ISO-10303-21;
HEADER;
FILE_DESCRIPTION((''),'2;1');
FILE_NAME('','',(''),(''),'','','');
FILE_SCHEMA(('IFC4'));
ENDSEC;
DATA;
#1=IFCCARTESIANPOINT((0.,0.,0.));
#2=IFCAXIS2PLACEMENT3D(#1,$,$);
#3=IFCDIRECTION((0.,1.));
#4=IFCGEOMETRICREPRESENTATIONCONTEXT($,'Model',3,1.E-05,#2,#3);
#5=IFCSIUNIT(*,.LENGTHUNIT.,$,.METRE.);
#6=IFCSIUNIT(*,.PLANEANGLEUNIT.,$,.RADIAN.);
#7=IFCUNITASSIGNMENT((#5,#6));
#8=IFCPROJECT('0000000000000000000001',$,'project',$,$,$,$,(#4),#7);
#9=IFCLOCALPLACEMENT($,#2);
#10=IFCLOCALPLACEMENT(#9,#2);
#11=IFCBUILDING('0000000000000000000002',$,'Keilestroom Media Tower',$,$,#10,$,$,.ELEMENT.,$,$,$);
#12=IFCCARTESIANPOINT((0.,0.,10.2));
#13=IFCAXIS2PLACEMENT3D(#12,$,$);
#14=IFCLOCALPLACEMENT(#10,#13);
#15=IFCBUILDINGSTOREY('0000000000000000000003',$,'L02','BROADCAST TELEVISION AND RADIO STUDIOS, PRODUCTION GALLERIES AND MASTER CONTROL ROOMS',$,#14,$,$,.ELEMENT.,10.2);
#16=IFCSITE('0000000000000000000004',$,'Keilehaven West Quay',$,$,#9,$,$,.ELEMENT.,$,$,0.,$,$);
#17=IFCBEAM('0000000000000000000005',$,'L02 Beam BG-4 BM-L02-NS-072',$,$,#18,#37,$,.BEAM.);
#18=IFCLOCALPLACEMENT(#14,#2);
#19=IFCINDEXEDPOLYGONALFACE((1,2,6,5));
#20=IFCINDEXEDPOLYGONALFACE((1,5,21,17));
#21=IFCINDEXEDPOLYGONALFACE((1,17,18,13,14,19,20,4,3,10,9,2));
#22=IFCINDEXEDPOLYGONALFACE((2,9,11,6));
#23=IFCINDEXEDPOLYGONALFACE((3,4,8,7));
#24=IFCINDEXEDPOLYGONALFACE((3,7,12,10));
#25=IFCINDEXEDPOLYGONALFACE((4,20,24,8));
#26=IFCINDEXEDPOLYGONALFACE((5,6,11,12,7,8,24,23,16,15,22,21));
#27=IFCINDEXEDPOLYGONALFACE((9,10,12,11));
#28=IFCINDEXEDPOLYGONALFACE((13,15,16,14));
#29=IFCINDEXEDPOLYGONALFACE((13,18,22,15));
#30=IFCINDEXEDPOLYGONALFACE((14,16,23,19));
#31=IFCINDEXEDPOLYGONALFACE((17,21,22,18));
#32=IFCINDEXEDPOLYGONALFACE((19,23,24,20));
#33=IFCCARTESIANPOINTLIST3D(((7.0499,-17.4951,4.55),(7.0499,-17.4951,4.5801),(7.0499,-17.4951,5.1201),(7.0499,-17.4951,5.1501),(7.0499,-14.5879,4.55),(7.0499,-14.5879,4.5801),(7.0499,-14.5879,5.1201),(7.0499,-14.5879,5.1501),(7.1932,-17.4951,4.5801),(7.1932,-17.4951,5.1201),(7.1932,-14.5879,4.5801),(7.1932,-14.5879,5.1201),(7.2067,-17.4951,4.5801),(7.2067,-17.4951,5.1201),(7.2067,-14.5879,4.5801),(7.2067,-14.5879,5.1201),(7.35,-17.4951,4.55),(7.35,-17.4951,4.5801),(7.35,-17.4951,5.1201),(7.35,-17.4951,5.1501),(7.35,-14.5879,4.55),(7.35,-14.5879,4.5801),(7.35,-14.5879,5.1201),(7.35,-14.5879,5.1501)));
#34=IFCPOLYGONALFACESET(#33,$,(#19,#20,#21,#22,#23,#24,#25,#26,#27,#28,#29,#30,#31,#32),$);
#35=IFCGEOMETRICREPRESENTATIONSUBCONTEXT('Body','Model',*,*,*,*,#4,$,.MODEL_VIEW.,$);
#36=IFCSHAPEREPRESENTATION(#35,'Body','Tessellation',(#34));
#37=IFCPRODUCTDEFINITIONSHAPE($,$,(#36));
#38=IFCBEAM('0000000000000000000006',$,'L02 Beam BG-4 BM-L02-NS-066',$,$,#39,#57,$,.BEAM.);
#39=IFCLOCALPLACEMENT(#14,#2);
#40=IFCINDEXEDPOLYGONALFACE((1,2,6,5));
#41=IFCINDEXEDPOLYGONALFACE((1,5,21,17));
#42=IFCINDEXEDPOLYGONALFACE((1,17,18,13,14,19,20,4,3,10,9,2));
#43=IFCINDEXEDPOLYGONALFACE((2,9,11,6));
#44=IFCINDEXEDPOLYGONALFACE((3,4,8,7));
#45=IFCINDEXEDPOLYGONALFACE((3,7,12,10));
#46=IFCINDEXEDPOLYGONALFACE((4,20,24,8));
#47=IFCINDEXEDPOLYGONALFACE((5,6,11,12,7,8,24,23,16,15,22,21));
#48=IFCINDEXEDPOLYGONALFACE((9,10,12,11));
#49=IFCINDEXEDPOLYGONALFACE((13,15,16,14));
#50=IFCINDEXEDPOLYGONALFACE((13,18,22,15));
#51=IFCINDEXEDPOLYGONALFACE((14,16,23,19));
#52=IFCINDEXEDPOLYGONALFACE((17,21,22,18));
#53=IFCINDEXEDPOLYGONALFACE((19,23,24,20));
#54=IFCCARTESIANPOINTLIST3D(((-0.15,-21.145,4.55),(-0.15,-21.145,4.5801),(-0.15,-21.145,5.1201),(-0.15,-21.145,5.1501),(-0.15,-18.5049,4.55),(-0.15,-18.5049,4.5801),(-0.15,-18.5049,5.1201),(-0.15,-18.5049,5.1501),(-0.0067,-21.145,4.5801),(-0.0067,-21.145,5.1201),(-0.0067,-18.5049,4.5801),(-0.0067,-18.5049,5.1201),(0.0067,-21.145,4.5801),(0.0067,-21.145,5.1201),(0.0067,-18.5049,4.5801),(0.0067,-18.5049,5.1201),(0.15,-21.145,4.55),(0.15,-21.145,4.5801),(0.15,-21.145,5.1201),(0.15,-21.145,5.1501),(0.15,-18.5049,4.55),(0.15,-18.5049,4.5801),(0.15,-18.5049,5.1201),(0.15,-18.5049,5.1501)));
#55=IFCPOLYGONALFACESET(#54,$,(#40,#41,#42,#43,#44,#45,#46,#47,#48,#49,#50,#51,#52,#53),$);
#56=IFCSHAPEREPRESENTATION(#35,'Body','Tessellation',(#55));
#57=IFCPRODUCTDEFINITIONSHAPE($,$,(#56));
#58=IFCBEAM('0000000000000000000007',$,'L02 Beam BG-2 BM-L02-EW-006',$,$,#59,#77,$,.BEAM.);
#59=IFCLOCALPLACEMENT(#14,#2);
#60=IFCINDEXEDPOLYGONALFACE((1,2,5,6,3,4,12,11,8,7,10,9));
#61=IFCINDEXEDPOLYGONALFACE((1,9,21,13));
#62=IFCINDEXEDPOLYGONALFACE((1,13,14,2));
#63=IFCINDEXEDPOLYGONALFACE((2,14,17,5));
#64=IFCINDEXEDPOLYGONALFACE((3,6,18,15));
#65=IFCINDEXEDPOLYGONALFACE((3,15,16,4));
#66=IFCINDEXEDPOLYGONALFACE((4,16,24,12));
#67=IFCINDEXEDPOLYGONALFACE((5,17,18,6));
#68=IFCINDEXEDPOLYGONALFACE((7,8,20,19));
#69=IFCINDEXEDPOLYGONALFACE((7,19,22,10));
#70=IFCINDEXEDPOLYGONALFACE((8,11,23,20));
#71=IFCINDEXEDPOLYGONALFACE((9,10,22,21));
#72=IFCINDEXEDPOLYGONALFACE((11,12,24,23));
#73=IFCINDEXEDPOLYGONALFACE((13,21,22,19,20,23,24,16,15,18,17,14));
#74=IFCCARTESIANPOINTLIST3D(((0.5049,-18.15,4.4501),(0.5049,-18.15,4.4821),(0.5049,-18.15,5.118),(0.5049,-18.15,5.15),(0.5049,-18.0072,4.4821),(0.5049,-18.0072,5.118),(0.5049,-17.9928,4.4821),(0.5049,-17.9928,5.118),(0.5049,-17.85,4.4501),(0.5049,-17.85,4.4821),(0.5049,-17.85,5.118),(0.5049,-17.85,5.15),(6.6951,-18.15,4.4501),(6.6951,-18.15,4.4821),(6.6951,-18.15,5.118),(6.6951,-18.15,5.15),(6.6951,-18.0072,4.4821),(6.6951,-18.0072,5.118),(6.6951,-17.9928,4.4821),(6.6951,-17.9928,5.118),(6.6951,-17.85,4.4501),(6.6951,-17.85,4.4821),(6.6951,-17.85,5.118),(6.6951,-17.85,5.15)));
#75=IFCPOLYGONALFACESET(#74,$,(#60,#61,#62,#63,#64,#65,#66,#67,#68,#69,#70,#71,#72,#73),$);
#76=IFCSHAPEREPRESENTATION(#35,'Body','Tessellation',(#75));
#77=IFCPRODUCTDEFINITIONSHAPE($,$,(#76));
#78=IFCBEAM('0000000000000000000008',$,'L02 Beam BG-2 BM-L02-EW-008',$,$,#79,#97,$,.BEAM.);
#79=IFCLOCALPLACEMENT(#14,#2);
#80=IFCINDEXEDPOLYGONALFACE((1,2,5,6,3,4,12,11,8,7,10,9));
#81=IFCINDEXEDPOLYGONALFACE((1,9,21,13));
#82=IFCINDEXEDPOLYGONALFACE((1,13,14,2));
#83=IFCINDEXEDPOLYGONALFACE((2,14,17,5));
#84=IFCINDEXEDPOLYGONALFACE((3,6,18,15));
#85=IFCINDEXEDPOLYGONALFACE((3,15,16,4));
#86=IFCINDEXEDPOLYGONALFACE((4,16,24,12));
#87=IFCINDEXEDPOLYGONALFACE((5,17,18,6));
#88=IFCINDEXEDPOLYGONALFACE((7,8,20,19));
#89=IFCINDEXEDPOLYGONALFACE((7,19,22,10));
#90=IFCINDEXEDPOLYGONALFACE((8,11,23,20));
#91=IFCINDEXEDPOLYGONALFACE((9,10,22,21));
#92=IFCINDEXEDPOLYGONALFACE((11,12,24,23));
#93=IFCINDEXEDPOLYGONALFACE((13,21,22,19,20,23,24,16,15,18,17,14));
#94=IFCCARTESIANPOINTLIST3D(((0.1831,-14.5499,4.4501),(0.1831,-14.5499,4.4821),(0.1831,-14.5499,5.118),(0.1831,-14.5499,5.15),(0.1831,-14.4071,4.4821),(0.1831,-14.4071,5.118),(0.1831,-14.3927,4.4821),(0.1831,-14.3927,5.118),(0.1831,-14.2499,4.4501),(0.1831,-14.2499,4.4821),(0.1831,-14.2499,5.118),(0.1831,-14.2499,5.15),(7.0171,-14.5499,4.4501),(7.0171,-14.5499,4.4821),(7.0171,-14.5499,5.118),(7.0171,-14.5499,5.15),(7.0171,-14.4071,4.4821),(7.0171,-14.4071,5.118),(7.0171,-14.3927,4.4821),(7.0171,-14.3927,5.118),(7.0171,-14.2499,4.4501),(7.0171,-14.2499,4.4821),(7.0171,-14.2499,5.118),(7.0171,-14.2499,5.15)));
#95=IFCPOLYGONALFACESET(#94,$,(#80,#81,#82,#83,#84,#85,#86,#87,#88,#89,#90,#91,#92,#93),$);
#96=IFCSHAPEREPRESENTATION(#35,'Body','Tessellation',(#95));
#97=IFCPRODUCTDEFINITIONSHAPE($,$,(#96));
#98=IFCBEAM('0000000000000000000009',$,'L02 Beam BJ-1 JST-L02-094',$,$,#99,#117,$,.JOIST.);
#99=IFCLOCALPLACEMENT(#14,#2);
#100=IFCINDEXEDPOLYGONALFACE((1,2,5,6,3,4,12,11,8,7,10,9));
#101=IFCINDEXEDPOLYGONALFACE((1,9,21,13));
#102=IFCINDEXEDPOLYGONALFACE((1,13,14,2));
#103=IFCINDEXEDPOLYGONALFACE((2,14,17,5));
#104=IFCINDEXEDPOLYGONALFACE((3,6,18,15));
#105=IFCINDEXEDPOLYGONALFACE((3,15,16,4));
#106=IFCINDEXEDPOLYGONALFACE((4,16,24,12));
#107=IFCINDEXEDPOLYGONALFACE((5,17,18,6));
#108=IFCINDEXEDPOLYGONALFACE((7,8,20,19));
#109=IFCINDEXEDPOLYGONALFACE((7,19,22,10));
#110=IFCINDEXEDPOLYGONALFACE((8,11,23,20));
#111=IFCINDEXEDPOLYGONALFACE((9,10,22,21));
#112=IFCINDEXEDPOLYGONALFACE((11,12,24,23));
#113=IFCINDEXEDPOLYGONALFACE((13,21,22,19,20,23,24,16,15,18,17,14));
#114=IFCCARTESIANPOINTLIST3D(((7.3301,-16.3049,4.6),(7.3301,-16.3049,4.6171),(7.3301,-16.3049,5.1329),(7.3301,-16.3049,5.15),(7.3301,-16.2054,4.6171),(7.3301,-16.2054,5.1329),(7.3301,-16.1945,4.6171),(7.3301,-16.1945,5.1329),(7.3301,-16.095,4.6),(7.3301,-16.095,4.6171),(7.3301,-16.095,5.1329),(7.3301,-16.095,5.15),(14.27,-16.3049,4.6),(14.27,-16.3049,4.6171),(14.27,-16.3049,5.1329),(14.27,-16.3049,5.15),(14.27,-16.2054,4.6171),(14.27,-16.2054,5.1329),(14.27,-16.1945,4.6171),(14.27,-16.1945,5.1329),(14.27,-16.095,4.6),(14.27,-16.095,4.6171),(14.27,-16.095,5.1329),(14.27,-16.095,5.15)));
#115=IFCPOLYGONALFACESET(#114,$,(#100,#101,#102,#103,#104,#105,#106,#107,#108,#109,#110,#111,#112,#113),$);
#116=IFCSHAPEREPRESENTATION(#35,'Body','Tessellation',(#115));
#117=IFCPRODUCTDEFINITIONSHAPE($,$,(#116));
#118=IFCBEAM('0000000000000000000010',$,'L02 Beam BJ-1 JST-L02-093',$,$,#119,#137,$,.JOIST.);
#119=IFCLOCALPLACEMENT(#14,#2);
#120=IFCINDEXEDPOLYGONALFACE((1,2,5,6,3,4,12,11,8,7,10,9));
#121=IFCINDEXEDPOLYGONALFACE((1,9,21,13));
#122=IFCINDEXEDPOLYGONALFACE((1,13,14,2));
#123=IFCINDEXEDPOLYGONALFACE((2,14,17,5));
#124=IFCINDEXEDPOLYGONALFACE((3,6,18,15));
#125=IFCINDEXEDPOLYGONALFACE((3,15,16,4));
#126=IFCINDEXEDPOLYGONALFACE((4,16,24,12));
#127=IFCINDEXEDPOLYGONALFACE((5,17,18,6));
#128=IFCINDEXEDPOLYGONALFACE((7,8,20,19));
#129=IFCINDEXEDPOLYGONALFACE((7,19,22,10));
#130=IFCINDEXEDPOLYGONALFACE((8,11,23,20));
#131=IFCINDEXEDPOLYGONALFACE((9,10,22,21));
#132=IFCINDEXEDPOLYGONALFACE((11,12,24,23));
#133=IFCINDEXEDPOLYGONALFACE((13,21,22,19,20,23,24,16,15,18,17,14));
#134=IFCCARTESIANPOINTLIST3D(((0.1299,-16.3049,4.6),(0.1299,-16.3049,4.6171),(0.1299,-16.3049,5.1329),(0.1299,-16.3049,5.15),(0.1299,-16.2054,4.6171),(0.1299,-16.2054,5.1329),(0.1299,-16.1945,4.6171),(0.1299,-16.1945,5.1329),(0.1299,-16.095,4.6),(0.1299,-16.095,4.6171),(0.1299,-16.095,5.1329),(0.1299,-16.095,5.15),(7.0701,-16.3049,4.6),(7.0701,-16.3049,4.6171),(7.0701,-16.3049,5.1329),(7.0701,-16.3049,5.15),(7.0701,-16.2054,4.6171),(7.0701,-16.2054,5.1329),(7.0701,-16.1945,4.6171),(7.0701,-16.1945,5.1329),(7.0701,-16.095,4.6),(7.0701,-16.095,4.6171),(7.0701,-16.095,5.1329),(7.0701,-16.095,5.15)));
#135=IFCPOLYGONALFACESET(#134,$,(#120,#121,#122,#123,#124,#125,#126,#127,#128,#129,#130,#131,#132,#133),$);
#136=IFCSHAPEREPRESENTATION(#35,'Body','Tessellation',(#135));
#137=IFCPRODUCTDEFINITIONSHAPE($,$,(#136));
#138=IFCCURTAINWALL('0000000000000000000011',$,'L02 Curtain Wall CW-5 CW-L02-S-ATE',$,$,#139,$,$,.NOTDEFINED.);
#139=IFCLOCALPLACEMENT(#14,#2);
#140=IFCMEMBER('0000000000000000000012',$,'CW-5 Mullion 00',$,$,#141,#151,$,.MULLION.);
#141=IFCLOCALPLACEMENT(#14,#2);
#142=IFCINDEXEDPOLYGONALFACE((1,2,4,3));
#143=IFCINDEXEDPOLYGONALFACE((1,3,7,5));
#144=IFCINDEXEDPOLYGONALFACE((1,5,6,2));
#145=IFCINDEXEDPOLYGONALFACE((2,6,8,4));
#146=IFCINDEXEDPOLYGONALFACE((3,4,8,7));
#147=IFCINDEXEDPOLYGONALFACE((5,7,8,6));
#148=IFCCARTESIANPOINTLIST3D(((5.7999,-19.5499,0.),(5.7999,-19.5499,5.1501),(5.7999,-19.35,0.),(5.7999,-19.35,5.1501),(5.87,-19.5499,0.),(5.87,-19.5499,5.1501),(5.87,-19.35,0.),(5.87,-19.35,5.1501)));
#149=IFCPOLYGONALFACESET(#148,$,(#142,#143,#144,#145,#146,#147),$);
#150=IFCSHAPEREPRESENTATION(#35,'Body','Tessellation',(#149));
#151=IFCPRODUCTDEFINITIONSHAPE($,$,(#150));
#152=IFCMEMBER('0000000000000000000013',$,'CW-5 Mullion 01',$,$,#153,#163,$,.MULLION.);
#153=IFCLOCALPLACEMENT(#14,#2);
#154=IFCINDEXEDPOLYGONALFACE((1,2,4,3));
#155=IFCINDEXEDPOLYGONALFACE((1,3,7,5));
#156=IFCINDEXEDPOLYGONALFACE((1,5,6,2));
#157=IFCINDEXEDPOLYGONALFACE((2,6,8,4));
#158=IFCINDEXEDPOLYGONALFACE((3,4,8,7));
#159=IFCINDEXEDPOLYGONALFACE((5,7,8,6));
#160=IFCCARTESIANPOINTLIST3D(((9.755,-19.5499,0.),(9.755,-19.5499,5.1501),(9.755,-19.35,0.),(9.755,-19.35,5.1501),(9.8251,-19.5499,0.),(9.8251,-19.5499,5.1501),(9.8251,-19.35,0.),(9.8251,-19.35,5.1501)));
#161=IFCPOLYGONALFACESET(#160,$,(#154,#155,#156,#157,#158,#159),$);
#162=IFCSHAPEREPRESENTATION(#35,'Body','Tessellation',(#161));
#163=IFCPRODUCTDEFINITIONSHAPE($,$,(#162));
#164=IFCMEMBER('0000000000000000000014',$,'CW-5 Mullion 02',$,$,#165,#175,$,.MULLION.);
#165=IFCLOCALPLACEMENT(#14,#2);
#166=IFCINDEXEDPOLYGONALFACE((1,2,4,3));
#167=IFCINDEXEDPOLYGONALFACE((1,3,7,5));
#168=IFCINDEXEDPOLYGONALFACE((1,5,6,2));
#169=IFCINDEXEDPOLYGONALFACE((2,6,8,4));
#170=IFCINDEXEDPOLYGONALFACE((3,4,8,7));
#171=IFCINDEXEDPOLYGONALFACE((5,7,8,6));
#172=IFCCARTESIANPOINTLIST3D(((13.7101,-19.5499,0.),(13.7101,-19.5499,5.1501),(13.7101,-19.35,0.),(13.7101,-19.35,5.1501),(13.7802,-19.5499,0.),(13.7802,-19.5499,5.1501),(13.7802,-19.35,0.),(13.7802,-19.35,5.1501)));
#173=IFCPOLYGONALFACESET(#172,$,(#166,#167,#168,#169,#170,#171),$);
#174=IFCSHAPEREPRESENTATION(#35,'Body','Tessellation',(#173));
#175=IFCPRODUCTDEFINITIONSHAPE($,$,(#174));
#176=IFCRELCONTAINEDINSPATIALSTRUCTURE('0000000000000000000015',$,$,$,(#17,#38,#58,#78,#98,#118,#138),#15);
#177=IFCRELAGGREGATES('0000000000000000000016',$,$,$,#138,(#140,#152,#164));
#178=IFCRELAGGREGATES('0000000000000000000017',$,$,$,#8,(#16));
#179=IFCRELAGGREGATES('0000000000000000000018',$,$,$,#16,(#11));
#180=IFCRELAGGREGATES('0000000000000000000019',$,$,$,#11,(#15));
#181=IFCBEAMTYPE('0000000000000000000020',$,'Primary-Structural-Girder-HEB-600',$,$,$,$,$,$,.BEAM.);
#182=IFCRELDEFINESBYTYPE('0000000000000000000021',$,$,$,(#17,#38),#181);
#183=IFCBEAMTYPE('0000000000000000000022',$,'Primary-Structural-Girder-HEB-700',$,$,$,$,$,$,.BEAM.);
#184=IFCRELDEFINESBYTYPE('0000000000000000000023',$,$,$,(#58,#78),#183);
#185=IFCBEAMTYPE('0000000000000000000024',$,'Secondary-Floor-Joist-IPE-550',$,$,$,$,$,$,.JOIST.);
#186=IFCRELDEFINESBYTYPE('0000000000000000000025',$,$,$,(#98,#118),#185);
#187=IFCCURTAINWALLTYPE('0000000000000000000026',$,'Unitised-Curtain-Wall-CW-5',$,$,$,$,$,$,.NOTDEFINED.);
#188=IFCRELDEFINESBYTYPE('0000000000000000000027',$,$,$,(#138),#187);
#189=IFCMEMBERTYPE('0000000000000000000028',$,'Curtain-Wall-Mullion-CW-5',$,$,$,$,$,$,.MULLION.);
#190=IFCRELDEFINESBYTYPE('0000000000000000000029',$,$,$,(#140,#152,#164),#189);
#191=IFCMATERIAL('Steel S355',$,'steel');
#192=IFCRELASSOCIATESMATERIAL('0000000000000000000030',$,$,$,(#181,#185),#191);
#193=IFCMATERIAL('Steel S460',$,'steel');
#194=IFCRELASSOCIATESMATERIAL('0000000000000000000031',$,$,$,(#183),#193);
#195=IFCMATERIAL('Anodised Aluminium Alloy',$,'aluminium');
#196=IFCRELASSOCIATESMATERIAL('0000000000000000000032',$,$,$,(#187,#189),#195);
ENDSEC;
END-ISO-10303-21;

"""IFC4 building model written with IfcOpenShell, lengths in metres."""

from ifc_helpers import new_model, si_unit, direction, frame, origin, origin_2d, place, context, subcontext, project, spatial, rectangle, i_section, extrude, source, transform, mapped, material, material_profile, profile_set, type_object, element, aggregate, save


model = new_model("IFC4")

# Units and contexts
model_context = context("Model", 3, precision=1e-05, world=origin(), true_north=direction((0.0, 1.0)))
body_context = subcontext(model_context, "Body", "Model", "MODEL_VIEW")
ifc_project = project(units=[si_unit("LENGTHUNIT", "METRE"), si_unit("PLANEANGLEUNIT", "RADIAN")], contexts=[model_context])

# Site, building, storey
site_placement = place(None, origin())
site = spatial("IfcSite", under=ifc_project, at=site_placement, Name="Keilehaven West Quay", CompositionType="ELEMENT", RefElevation=0.0)
building_placement = place(site_placement, origin())
building = spatial("IfcBuilding", under=site, at=building_placement, Name="Keilestroom Media Tower", CompositionType="ELEMENT")
storey_placement = place(building_placement, frame((0.0, 0.0, 10.2)))
storey = spatial("IfcBuildingStorey", under=building, at=storey_placement, Name="L02", Description="BROADCAST TELEVISION AND RADIO STUDIOS, PRODUCTION GALLERIES AND MASTER CONTROL ROOMS", CompositionType="ELEMENT", Elevation=10.2)

# Shared definitions
ifc_material_1 = material(Name="Steel S460", Category="steel")

# Beams
ifc_material_2 = material(Name="Steel S355", Category="steel")
ifc_material_profile_1 = material_profile(ifc_material_2, i_section(OverallWidth=0.3, OverallDepth=0.6001, WebThickness=0.0134, FlangeThickness=0.03, at=origin_2d()), Name="HEB 600")
ifc_profile_set_1 = profile_set([ifc_material_profile_1], Name="Steel S355")
beam_type_1 = type_object("IfcBeamType", Name="Primary-Structural-Girder-HEB-600", PredefinedType="BEAM", material=ifc_profile_set_1)
shared_shape_1 = source(origin(), body_context, "Body", "SweptSolid", [
    extrude(i_section(OverallWidth=0.3, OverallDepth=0.6001, WebThickness=0.0134, FlangeThickness=0.03, at=origin_2d()), origin(), (0.0, 0.0, 1.0), 2.9072),
])
for number, where, z_axis, x_axis, name in (
    (1, (7.2, -17.4951, 4.8501), (0.0, 1.0, 0.0), (-1.0, 0.0, 0.0), "L02 Beam BG-4 BM-L02-NS-072"),
):
    element("IfcBeam", number, at=place(storey_placement, frame(where, z_axis=z_axis, x_axis=x_axis)), inside=storey, type_object=beam_type_1, Name=name, PredefinedType="BEAM", context=body_context, shape_type="MappedRepresentation", body=[
        mapped(shared_shape_1, transform((0.0, 0.0, 0.0), x_axis=(1.0, 0.0, 0.0), y_axis=(0.0, 1.0, 0.0), z_axis=(0.0, 0.0, 1.0), scale=1.0)),
    ])
shared_shape_2 = source(origin(), body_context, "Body", "SweptSolid", [
    extrude(i_section(OverallWidth=0.3, OverallDepth=0.6001, WebThickness=0.0134, FlangeThickness=0.03, at=origin_2d()), origin(), (0.0, 0.0, 1.0), 2.6401),
])
beam_1_placement = place(storey_placement, frame((0.0, -21.145, 4.8501), z_axis=(0.0, 1.0, 0.0), x_axis=(-1.0, 0.0, 0.0)))
element("IfcBeam", 2, at=beam_1_placement, inside=storey, type_object=beam_type_1, Name="L02 Beam BG-4 BM-L02-NS-066", PredefinedType="BEAM", context=body_context, shape_type="MappedRepresentation", body=[
    mapped(shared_shape_2, transform((0.0, 0.0, 0.0), x_axis=(1.0, 0.0, 0.0), y_axis=(0.0, 1.0, 0.0), z_axis=(0.0, 0.0, 1.0), scale=1.0)),
])
ifc_material_profile_2 = material_profile(ifc_material_1, i_section(OverallWidth=0.3, OverallDepth=0.7, WebThickness=0.0144, FlangeThickness=0.032, at=origin_2d()), Name="HEB 700")
ifc_profile_set_2 = profile_set([ifc_material_profile_2], Name="Steel S460")
beam_type_2 = type_object("IfcBeamType", Name="Primary-Structural-Girder-HEB-700", PredefinedType="BEAM", material=ifc_profile_set_2)
shared_shape_3 = source(origin(), body_context, "Body", "SweptSolid", [
    extrude(i_section(OverallWidth=0.3, OverallDepth=0.7, WebThickness=0.0144, FlangeThickness=0.032, at=origin_2d()), origin(), (0.0, 0.0, 1.0), 6.1902),
])
beam_2_placement = place(storey_placement, frame((0.5049, -18.0, 4.8), z_axis=(1.0, 0.0, 0.0), x_axis=(0.0, 1.0, 0.0)))
element("IfcBeam", 3, at=beam_2_placement, inside=storey, type_object=beam_type_2, Name="L02 Beam BG-2 BM-L02-EW-006", PredefinedType="BEAM", context=body_context, shape_type="MappedRepresentation", body=[
    mapped(shared_shape_3, transform((0.0, 0.0, 0.0), x_axis=(1.0, 0.0, 0.0), y_axis=(0.0, 1.0, 0.0), z_axis=(0.0, 0.0, 1.0), scale=1.0)),
])
shared_shape_4 = source(origin(), body_context, "Body", "SweptSolid", [
    extrude(i_section(OverallWidth=0.3, OverallDepth=0.7, WebThickness=0.0144, FlangeThickness=0.032, at=origin_2d()), origin(), (0.0, 0.0, 1.0), 6.834),
])
beam_3_placement = place(storey_placement, frame((0.1831, -14.3999, 4.8), z_axis=(1.0, 0.0, 0.0), x_axis=(0.0, 1.0, 0.0)))
element("IfcBeam", 4, at=beam_3_placement, inside=storey, type_object=beam_type_2, Name="L02 Beam BG-2 BM-L02-EW-008", PredefinedType="BEAM", context=body_context, shape_type="MappedRepresentation", body=[
    mapped(shared_shape_4, transform((0.0, 0.0, 0.0), x_axis=(1.0, 0.0, 0.0), y_axis=(0.0, 1.0, 0.0), z_axis=(0.0, 0.0, 1.0), scale=1.0)),
])
ifc_material_profile_3 = material_profile(ifc_material_2, i_section(OverallWidth=0.21, OverallDepth=0.55, WebThickness=0.011, FlangeThickness=0.0171, at=origin_2d()), Name="IPE 550")
ifc_profile_set_3 = profile_set([ifc_material_profile_3], Name="Steel S355")
beam_type_3 = type_object("IfcBeamType", Name="Secondary-Floor-Joist-IPE-550", PredefinedType="JOIST", material=ifc_profile_set_3)
shared_shape_5 = source(origin(), body_context, "Body", "SweptSolid", [
    extrude(i_section(OverallWidth=0.21, OverallDepth=0.55, WebThickness=0.011, FlangeThickness=0.0171, at=origin_2d()), origin(), (0.0, 0.0, 1.0), 6.9399),
])
beam_4_placement = place(storey_placement, frame((7.3301, -16.2, 4.875), z_axis=(1.0, 0.0, 0.0), x_axis=(0.0, 1.0, 0.0)))
element("IfcBeam", 5, at=beam_4_placement, inside=storey, type_object=beam_type_3, Name="L02 Beam BJ-1 JST-L02-094", PredefinedType="JOIST", context=body_context, shape_type="MappedRepresentation", body=[
    mapped(shared_shape_5, transform((0.0, 0.0, 0.0), x_axis=(1.0, 0.0, 0.0), y_axis=(0.0, 1.0, 0.0), z_axis=(0.0, 0.0, 1.0), scale=1.0)),
])
shared_shape_6 = source(origin(), body_context, "Body", "SweptSolid", [
    extrude(i_section(OverallWidth=0.21, OverallDepth=0.55, WebThickness=0.011, FlangeThickness=0.0171, at=origin_2d()), origin(), (0.0, 0.0, 1.0), 6.9402),
])
beam_5_placement = place(storey_placement, frame((0.1299, -16.2, 4.875), z_axis=(1.0, 0.0, 0.0), x_axis=(0.0, 1.0, 0.0)))
element("IfcBeam", 6, at=beam_5_placement, inside=storey, type_object=beam_type_3, Name="L02 Beam BJ-1 JST-L02-093", PredefinedType="JOIST", context=body_context, shape_type="MappedRepresentation", body=[
    mapped(shared_shape_6, transform((0.0, 0.0, 0.0), x_axis=(1.0, 0.0, 0.0), y_axis=(0.0, 1.0, 0.0), z_axis=(0.0, 0.0, 1.0), scale=1.0)),
])

# Curtain wall, members
ifc_material_3 = material(Name="Anodised Aluminium Alloy", Category="aluminium")
curtain_wall_type = type_object("IfcCurtainWallType", Name="Unitised-Curtain-Wall-CW-5", PredefinedType="NOTDEFINED", material=ifc_material_3)
curtain_wall_placement = place(storey_placement, origin())
curtain_wall = element("IfcCurtainWall", 7, at=curtain_wall_placement, inside=storey, type_object=curtain_wall_type, Name="L02 Curtain Wall CW-5 CW-L02-S-ATE", PredefinedType="NOTDEFINED")
ifc_material_profile_4 = material_profile(ifc_material_3, rectangle(XDim=0.0701, YDim=0.2, at=origin_2d()), Name="ALU MULLION 70x200")
ifc_profile_set_4 = profile_set([ifc_material_profile_4], Name="Anodised Aluminium Alloy")
member_type_1 = type_object("IfcMemberType", Name="Curtain-Wall-Mullion-CW-5", PredefinedType="MULLION", material=ifc_profile_set_4)
shared_shape_7 = source(origin(), body_context, "Body", "SweptSolid", [
    extrude(rectangle(XDim=0.0701, YDim=0.2, at=origin_2d()), origin(), (0.0, 0.0, 1.0), 5.1501),
])
member_1_placement = place(storey_placement, frame((5.835, -19.45, 0.0), z_axis=(0.0, 0.0, 1.0), x_axis=(1.0, 0.0, 0.0)))
member_1 = element("IfcMember", 8, at=member_1_placement, type_object=member_type_1, Name="CW-5 Mullion 00", PredefinedType="MULLION", context=body_context, shape_type="MappedRepresentation", body=[
    mapped(shared_shape_7, transform((0.0, 0.0, 0.0), x_axis=(1.0, 0.0, 0.0), y_axis=(0.0, 1.0, 0.0), z_axis=(0.0, 0.0, 1.0), scale=1.0)),
])
member_2_placement = place(storey_placement, frame((9.79, -19.45, 0.0), z_axis=(0.0, 0.0, 1.0), x_axis=(1.0, 0.0, 0.0)))
member_2 = element("IfcMember", 9, at=member_2_placement, type_object=member_type_1, Name="CW-5 Mullion 01", PredefinedType="MULLION", context=body_context, shape_type="MappedRepresentation", body=[
    mapped(shared_shape_7, transform((0.0, 0.0, 0.0), x_axis=(1.0, 0.0, 0.0), y_axis=(0.0, 1.0, 0.0), z_axis=(0.0, 0.0, 1.0), scale=1.0)),
])
member_3_placement = place(storey_placement, frame((13.7451, -19.45, 0.0), z_axis=(0.0, 0.0, 1.0), x_axis=(1.0, 0.0, 0.0)))
member_3 = element("IfcMember", 10, at=member_3_placement, type_object=member_type_1, Name="CW-5 Mullion 02", PredefinedType="MULLION", context=body_context, shape_type="MappedRepresentation", body=[
    mapped(shared_shape_7, transform((0.0, 0.0, 0.0), x_axis=(1.0, 0.0, 0.0), y_axis=(0.0, 1.0, 0.0), z_axis=(0.0, 0.0, 1.0), scale=1.0)),
])
aggregate(curtain_wall, [member_1, member_2, member_3])

save(model, "model.ifc")
